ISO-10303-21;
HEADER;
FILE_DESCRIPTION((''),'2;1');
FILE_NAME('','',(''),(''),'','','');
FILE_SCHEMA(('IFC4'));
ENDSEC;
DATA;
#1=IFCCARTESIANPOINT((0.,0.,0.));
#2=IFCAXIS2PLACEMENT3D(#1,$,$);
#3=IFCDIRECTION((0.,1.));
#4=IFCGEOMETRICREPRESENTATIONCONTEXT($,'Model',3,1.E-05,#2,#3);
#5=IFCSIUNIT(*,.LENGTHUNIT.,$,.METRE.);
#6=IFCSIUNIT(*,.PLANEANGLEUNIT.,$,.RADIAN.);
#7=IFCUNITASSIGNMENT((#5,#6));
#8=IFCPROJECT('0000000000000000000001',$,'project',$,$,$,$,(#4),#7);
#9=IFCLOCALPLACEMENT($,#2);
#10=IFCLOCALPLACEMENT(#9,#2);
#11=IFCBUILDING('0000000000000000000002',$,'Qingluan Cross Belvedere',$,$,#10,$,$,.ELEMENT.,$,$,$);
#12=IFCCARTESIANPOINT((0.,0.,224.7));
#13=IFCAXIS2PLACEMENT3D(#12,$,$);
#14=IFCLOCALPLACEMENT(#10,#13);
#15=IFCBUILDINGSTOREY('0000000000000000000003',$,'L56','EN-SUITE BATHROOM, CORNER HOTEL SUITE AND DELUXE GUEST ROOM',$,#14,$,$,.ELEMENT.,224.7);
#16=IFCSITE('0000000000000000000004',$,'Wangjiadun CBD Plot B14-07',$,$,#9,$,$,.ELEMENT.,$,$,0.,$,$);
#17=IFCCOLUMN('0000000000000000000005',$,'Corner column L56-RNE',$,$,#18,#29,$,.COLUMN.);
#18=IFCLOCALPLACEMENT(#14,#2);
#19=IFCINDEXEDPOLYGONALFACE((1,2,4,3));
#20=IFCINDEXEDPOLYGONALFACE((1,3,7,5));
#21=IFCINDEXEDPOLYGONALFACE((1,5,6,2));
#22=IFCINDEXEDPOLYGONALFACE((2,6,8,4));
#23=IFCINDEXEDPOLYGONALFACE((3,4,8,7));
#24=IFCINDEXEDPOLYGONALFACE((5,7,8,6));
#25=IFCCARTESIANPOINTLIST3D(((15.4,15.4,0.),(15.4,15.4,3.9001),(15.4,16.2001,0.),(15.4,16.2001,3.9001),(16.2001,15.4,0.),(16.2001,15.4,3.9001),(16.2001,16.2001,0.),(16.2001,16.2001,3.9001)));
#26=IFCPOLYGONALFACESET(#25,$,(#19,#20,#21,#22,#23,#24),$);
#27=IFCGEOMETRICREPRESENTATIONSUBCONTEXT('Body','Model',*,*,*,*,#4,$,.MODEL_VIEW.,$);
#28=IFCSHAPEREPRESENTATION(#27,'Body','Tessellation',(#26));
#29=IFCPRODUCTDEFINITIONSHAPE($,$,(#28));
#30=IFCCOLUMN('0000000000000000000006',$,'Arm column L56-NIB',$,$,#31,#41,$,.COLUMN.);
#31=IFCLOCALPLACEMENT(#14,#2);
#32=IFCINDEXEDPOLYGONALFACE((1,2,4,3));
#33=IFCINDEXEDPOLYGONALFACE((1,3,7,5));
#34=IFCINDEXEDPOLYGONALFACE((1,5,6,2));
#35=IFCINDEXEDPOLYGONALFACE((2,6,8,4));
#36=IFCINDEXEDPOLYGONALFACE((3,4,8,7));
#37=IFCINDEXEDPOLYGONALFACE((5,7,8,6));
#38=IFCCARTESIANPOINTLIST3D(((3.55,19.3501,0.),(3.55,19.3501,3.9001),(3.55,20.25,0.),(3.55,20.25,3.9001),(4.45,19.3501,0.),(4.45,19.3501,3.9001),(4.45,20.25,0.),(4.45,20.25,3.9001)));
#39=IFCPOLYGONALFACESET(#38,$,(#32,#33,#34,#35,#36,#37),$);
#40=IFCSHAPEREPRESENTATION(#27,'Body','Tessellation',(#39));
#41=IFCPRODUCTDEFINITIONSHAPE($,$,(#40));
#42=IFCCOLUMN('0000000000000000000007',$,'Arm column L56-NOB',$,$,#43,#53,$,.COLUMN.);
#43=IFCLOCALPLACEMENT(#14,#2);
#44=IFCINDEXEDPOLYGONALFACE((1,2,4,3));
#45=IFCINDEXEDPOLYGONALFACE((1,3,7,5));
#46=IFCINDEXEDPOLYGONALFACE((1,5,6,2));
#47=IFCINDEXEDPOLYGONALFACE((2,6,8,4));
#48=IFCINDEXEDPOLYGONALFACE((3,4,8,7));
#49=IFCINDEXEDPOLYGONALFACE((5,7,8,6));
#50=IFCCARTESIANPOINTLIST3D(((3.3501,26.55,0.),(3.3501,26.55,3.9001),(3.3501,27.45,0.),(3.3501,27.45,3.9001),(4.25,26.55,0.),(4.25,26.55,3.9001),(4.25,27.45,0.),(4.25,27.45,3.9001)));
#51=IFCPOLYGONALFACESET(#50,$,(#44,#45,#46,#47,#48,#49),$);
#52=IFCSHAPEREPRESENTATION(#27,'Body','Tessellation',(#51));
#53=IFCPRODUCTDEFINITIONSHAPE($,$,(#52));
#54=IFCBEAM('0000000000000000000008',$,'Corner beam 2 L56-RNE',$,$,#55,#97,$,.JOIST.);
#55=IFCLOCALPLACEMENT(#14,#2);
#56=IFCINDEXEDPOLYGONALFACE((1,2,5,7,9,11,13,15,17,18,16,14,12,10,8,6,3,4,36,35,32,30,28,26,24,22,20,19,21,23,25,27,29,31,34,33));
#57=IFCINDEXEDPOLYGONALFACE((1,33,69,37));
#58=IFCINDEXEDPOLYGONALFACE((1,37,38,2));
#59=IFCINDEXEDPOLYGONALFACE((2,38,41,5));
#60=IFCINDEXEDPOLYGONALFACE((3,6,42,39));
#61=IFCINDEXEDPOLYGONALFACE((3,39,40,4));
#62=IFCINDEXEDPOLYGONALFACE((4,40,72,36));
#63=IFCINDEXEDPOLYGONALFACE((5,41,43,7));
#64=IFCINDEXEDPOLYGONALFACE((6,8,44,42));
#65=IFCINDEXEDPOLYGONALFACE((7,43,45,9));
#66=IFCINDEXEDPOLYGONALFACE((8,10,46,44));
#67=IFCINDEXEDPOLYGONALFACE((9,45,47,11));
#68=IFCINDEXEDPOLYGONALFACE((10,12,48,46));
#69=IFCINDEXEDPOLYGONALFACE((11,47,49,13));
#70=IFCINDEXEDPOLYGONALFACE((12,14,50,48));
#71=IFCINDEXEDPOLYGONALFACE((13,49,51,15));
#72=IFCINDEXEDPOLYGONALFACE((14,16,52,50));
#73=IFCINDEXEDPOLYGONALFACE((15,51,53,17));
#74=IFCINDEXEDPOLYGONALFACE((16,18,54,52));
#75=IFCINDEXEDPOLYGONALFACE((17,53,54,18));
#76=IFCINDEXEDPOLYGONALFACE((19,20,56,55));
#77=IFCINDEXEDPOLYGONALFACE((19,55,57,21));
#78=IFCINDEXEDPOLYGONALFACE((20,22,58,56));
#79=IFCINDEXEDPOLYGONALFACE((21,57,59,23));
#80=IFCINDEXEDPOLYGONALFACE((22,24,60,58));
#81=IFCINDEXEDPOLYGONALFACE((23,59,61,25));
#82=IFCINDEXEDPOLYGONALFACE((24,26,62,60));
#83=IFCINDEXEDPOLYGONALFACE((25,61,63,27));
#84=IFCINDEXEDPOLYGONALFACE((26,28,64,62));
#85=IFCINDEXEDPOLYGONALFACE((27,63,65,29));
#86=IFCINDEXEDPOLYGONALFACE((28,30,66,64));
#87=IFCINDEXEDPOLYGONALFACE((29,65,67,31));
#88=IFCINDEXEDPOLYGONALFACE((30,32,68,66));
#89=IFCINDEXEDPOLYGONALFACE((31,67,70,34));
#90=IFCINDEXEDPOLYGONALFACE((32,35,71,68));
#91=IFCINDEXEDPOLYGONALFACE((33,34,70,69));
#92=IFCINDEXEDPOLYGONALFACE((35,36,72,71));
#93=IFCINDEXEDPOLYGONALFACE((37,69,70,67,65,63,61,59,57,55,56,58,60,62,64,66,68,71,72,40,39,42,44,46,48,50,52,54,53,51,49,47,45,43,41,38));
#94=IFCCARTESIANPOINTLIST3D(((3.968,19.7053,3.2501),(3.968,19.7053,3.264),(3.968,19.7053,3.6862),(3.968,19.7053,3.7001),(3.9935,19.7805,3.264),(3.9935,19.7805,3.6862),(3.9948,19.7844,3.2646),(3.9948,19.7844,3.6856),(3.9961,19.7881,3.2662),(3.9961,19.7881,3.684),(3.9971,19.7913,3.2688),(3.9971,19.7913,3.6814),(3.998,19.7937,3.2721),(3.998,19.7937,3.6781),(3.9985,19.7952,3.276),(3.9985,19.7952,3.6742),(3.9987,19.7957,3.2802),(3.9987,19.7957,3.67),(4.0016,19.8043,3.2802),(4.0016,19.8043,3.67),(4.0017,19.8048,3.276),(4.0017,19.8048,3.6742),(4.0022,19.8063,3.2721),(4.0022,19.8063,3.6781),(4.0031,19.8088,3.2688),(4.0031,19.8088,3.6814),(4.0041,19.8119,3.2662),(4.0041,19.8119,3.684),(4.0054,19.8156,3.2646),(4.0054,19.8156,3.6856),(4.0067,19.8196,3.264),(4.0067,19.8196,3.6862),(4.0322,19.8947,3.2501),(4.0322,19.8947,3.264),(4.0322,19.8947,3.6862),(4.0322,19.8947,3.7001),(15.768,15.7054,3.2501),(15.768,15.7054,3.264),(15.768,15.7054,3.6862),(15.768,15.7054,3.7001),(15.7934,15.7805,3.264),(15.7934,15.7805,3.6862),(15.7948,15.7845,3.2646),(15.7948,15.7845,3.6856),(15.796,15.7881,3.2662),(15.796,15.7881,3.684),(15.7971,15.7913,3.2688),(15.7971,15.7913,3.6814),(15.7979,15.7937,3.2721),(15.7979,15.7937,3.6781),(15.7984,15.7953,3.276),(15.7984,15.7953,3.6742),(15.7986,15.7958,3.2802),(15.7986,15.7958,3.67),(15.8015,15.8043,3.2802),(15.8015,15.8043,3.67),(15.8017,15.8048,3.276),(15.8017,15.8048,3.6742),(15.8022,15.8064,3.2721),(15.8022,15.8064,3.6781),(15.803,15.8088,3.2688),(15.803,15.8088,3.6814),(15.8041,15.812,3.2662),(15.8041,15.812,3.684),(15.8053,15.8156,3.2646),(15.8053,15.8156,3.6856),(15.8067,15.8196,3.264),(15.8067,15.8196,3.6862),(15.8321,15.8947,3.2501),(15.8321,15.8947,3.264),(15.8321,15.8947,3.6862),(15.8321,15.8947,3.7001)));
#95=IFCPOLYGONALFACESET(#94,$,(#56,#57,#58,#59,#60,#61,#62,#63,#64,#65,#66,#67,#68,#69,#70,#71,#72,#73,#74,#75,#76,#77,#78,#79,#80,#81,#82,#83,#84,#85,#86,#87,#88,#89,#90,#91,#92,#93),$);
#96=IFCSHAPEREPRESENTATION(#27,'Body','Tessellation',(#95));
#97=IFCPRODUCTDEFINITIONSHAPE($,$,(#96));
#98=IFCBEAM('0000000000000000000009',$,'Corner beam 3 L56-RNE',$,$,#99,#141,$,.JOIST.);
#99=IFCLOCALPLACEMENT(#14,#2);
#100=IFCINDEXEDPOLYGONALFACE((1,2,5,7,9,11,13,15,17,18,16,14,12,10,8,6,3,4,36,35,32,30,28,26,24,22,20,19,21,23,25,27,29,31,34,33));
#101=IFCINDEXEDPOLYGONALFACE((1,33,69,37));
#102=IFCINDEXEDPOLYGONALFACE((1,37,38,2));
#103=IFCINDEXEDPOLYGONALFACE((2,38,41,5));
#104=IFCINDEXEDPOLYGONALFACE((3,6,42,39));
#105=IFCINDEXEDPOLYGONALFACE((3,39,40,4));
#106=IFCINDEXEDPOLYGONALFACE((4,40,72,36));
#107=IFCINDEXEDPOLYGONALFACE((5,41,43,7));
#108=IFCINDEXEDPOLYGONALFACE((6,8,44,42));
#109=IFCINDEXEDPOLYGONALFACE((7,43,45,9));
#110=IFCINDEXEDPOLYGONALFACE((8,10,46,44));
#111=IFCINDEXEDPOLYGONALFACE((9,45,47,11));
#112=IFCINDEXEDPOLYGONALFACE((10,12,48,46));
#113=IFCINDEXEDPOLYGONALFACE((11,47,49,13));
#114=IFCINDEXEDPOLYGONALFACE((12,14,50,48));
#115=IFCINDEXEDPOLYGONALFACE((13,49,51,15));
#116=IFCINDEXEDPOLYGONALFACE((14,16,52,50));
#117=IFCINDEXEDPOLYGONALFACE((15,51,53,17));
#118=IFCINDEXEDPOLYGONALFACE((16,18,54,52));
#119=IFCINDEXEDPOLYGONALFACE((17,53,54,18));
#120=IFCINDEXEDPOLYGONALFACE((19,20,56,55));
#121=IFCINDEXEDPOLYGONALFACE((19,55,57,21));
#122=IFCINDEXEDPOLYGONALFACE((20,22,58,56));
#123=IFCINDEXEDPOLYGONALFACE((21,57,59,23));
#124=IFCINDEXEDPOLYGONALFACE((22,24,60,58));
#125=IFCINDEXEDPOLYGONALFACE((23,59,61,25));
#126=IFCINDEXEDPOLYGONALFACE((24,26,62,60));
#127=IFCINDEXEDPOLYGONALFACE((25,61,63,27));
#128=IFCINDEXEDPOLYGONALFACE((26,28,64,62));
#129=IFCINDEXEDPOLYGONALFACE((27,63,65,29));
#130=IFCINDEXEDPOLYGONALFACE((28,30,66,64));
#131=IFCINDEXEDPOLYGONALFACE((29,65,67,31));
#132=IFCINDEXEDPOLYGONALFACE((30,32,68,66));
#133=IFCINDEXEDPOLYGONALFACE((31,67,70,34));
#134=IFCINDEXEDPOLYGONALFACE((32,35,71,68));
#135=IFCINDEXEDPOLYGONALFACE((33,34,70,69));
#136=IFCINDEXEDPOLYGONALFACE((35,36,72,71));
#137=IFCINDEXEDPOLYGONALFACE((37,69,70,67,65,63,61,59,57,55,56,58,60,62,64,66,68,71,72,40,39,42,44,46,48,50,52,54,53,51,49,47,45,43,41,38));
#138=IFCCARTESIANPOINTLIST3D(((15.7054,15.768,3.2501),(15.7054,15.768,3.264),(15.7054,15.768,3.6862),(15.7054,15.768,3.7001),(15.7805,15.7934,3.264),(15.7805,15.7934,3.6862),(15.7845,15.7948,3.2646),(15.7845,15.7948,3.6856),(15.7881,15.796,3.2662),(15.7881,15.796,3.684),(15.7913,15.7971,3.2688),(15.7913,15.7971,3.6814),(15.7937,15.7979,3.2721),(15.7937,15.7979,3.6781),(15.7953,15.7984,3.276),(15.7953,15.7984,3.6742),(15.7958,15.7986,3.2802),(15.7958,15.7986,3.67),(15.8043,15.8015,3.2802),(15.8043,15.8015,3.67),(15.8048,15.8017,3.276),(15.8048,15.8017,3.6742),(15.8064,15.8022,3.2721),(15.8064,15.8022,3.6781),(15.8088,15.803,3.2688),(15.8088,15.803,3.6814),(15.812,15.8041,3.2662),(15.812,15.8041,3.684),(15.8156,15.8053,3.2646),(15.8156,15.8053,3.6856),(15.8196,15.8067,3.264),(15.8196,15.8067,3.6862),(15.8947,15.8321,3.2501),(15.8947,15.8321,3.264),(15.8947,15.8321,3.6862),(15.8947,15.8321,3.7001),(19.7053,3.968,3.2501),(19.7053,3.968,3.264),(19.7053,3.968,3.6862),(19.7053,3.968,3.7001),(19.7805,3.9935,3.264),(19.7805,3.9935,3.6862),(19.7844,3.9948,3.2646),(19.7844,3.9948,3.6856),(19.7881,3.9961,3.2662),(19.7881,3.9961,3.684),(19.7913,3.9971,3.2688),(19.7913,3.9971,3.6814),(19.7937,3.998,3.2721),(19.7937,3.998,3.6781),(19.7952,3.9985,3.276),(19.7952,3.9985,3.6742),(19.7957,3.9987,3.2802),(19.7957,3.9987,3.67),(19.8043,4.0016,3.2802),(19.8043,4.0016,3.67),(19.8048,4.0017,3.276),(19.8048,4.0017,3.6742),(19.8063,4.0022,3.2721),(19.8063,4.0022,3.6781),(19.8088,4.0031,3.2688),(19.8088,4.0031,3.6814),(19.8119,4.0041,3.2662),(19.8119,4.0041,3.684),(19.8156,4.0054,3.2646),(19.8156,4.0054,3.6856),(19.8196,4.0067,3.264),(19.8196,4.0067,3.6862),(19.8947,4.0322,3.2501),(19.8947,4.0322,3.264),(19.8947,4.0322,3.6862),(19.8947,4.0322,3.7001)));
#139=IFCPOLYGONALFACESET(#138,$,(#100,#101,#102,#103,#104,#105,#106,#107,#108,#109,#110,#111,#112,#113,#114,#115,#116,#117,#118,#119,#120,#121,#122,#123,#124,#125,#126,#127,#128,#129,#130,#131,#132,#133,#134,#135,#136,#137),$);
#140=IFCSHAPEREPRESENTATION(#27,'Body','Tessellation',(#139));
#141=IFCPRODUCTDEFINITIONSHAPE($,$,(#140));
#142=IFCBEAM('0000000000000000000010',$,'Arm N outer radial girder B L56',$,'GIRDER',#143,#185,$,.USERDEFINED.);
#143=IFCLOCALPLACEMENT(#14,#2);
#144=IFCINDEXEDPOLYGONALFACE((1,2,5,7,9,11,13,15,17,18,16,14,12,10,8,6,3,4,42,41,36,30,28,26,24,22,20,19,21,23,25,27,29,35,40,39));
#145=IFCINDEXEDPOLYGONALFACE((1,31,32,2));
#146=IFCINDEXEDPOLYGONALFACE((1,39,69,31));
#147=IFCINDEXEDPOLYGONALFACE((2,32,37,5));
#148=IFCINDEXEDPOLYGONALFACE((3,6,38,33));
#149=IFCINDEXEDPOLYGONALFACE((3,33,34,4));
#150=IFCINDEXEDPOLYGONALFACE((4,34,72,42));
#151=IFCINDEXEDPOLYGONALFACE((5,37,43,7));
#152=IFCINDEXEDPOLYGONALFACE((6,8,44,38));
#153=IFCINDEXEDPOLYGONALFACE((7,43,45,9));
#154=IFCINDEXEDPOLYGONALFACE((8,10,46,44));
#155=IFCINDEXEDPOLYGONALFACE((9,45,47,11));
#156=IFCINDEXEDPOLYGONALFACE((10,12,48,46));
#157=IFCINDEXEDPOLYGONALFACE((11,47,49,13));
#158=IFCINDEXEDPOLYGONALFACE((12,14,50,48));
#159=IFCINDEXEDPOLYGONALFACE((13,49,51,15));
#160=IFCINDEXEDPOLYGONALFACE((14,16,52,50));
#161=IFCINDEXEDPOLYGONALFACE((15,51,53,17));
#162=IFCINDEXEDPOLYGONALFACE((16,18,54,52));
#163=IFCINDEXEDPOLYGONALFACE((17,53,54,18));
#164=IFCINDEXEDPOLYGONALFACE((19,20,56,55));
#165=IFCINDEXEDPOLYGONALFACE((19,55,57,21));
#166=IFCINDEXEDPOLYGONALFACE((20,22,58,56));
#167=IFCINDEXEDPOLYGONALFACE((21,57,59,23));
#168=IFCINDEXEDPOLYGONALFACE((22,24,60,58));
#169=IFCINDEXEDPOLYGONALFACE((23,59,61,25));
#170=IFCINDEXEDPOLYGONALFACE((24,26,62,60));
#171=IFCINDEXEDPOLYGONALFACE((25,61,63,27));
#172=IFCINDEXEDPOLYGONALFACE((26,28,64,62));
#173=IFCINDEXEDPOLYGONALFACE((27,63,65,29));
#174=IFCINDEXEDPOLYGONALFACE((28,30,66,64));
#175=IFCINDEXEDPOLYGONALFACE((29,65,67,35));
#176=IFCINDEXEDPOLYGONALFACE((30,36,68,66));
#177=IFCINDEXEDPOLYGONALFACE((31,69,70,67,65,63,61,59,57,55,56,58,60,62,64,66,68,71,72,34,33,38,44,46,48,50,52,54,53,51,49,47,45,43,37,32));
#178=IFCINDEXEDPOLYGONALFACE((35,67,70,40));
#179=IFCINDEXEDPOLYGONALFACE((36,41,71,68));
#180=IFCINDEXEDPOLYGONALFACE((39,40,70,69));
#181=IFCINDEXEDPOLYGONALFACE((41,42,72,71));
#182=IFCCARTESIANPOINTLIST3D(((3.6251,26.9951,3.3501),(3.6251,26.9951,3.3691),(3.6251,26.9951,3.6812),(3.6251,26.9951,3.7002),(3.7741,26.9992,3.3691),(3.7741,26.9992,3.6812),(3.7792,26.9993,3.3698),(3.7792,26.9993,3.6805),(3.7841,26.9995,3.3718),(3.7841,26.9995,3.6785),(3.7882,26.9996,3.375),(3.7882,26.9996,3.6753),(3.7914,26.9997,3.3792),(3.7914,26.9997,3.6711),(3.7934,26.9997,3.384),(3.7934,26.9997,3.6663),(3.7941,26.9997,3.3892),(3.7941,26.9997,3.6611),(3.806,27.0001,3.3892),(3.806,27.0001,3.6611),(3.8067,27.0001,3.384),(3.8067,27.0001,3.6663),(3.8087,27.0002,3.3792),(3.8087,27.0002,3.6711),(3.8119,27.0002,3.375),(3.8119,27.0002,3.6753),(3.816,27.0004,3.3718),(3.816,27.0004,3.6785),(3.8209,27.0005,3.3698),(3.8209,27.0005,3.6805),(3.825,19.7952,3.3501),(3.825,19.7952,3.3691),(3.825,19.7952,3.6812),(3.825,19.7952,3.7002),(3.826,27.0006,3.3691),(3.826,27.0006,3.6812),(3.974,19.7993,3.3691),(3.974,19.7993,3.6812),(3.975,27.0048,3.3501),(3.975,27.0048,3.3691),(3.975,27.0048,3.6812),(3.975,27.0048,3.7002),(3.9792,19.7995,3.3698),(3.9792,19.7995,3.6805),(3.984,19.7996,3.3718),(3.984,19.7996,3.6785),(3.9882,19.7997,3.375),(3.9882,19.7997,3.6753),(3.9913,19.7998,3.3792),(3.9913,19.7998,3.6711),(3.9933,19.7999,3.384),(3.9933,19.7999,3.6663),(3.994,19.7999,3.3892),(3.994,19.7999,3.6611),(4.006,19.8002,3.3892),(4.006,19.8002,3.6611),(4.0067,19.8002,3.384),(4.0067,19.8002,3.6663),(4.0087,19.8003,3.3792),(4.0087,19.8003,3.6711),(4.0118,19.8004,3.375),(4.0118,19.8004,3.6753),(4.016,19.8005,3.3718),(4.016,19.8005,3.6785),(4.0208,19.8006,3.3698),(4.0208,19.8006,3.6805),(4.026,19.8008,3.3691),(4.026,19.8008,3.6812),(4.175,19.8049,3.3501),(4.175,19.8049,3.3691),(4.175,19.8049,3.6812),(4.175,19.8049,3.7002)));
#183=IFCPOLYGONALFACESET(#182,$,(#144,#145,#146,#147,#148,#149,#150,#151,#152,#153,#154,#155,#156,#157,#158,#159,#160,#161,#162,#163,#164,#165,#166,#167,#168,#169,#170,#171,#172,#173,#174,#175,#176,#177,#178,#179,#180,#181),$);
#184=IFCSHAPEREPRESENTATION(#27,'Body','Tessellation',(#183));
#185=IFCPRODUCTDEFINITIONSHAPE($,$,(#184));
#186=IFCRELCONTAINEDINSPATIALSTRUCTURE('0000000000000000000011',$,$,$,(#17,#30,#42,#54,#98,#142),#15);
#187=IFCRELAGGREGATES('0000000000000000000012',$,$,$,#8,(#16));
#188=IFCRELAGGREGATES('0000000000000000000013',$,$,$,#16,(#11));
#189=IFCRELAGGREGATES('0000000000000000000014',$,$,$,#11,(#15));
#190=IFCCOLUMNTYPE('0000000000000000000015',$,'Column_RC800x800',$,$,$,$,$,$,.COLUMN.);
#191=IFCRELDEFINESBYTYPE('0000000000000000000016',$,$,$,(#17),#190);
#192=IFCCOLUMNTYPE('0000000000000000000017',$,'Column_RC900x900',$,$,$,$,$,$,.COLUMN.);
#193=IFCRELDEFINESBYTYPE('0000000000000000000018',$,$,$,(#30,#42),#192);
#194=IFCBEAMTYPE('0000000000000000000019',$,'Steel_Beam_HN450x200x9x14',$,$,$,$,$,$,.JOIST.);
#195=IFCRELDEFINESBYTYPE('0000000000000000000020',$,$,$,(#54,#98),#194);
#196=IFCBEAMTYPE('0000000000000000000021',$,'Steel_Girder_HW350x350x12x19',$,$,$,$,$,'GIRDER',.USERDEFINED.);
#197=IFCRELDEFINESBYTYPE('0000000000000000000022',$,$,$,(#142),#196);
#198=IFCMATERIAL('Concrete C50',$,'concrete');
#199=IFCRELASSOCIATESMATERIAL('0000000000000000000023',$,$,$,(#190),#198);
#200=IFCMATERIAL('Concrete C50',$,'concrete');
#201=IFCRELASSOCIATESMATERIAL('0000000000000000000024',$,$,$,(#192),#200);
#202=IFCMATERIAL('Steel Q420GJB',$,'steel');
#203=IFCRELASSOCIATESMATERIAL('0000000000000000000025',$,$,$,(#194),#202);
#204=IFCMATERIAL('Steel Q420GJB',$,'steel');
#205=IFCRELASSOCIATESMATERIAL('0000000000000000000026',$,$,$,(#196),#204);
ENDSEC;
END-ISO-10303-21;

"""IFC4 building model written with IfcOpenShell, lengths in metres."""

from ifc_helpers import new_model, si_unit, direction, frame, origin, origin_2d, place, context, subcontext, project, spatial, rectangle, i_section, extrude, material, material_profile, profile_set, type_object, element, save


model = new_model("IFC4")

# Units and contexts
model_context = context("Model", 3, precision=1e-05, world=origin(), true_north=direction((0.0, 1.0)))
body_context = subcontext(model_context, "Body", "Model", "MODEL_VIEW")
ifc_project = project(units=[si_unit("LENGTHUNIT", "METRE"), si_unit("PLANEANGLEUNIT", "RADIAN")], contexts=[model_context])

# Site, building, storey
site_placement = place(None, origin())
site = spatial("IfcSite", under=ifc_project, at=site_placement, Name="Wangjiadun CBD Plot B14-07", CompositionType="ELEMENT", RefElevation=0.0)
building_placement = place(site_placement, origin())
building = spatial("IfcBuilding", under=site, at=building_placement, Name="Qingluan Cross Belvedere", CompositionType="ELEMENT")
storey_placement = place(building_placement, frame((0.0, 0.0, 224.7)))
storey = spatial("IfcBuildingStorey", under=building, at=storey_placement, Name="L56", Description="EN-SUITE BATHROOM, CORNER HOTEL SUITE AND DELUXE GUEST ROOM", CompositionType="ELEMENT", Elevation=224.7)

# Columns
ifc_material_1 = material(Name="Concrete C50", Category="concrete")
ifc_material_profile_1 = material_profile(ifc_material_1, rectangle(XDim=0.8, YDim=0.8, at=origin_2d()), Name="RC800x800")
ifc_profile_set_1 = profile_set([ifc_material_profile_1], Name="Concrete C50")
column_type_1 = type_object("IfcColumnType", Name="Column_RC800x800", PredefinedType="COLUMN", material=ifc_profile_set_1)
column_placement = place(storey_placement, frame((15.8, 15.8, 0.0), z_axis=(0.0, 0.0, 1.0), x_axis=(1.0, 0.0, 0.0)))
element("IfcColumn", 1, at=column_placement, inside=storey, type_object=column_type_1, Name="Corner column L56-RNE", PredefinedType="COLUMN", context=body_context, shape_type="SweptSolid", body=[
    extrude(rectangle(XDim=0.8, YDim=0.8, at=origin_2d()), origin(), (0.0, 0.0, 1.0), 3.9001),
])
ifc_material_2 = material(Name="Concrete C50", Category="concrete")
ifc_material_profile_2 = material_profile(ifc_material_2, rectangle(XDim=0.8999, YDim=0.8999, at=origin_2d()), Name="RC900x900")
ifc_profile_set_2 = profile_set([ifc_material_profile_2], Name="Concrete C50")
column_type_2 = type_object("IfcColumnType", Name="Column_RC900x900", PredefinedType="COLUMN", material=ifc_profile_set_2)
for number, where, z_axis, x_axis, name in (
    (2, (4.0, 19.8, 0.0), (0.0, 0.0, 1.0), (1.0, 0.0, 0.0), "Arm column L56-NIB"),
    (3, (3.8, 27.0, 0.0), (0.0, 0.0, 1.0), (1.0, 0.0, 0.0), "Arm column L56-NOB"),
):
    element("IfcColumn", number, at=place(storey_placement, frame(where, z_axis=z_axis, x_axis=x_axis)), inside=storey, type_object=column_type_2, Name=name, PredefinedType="COLUMN", context=body_context, shape_type="SweptSolid", body=[
        extrude(rectangle(XDim=0.8999, YDim=0.8999, at=origin_2d()), origin(), (0.0, 0.0, 1.0), 3.9001),
    ])

# Beams
ifc_material_3 = material(Name="Steel Q420GJB", Category="steel")
ifc_material_profile_3 = material_profile(ifc_material_3, i_section(OverallWidth=0.2, OverallDepth=0.45, WebThickness=0.009, FlangeThickness=0.0139, FilletRadius=0.0161, at=origin_2d()), Name="HN450x200x9x14")
ifc_profile_set_3 = profile_set([ifc_material_profile_3], Name="Steel Q420GJB")
beam_type_1 = type_object("IfcBeamType", Name="Steel_Beam_HN450x200x9x14", PredefinedType="JOIST", material=ifc_profile_set_3)
for number, where, z_axis, x_axis, name in (
    (4, (15.8, 15.8, 3.4751), (-0.947066, 0.321038, 0.0), (-0.321038, -0.947066, 0.0), "Corner beam 2 L56-RNE"),
    (5, (15.8, 15.8, 3.4751), (0.321038, -0.947066, 0.0), (0.947066, 0.321038, 0.0), "Corner beam 3 L56-RNE"),
):
    element("IfcBeam", number, at=place(storey_placement, frame(where, z_axis=z_axis, x_axis=x_axis)), inside=storey, type_object=beam_type_1, Name=name, PredefinedType="JOIST", context=body_context, shape_type="SweptSolid", body=[
        extrude(i_section(OverallWidth=0.2, OverallDepth=0.45, WebThickness=0.009, FlangeThickness=0.0139, FilletRadius=0.0161, at=origin_2d()), origin(), (0.0, 0.0, 1.0), 12.4595),
    ])
ifc_material_4 = material(Name="Steel Q420GJB", Category="steel")
ifc_material_profile_4 = material_profile(ifc_material_4, i_section(OverallWidth=0.3501, OverallDepth=0.3501, WebThickness=0.012, FlangeThickness=0.019, FilletRadius=0.02, at=origin_2d()), Name="HW350x350x12x19")
ifc_profile_set_4 = profile_set([ifc_material_profile_4], Name="Steel Q420GJB")
beam_type_2 = type_object("IfcBeamType", Name="Steel_Girder_HW350x350x12x19", ElementType="GIRDER", PredefinedType="USERDEFINED", material=ifc_profile_set_4)
beam_placement = place(storey_placement, frame((4.0, 19.8, 3.5251), z_axis=(-0.02776, 0.999615, 0.0), x_axis=(-0.999615, -0.02776, 0.0)))
element("IfcBeam", 6, at=beam_placement, inside=storey, type_object=beam_type_2, Name="Arm N outer radial girder B L56", ObjectType="GIRDER", PredefinedType="USERDEFINED", context=body_context, shape_type="SweptSolid", body=[
    extrude(i_section(OverallWidth=0.3501, OverallDepth=0.3501, WebThickness=0.012, FlangeThickness=0.019, FilletRadius=0.02, at=origin_2d()), origin(), (0.0, 0.0, 1.0), 7.2026),
])

save(model, "model.ifc")
